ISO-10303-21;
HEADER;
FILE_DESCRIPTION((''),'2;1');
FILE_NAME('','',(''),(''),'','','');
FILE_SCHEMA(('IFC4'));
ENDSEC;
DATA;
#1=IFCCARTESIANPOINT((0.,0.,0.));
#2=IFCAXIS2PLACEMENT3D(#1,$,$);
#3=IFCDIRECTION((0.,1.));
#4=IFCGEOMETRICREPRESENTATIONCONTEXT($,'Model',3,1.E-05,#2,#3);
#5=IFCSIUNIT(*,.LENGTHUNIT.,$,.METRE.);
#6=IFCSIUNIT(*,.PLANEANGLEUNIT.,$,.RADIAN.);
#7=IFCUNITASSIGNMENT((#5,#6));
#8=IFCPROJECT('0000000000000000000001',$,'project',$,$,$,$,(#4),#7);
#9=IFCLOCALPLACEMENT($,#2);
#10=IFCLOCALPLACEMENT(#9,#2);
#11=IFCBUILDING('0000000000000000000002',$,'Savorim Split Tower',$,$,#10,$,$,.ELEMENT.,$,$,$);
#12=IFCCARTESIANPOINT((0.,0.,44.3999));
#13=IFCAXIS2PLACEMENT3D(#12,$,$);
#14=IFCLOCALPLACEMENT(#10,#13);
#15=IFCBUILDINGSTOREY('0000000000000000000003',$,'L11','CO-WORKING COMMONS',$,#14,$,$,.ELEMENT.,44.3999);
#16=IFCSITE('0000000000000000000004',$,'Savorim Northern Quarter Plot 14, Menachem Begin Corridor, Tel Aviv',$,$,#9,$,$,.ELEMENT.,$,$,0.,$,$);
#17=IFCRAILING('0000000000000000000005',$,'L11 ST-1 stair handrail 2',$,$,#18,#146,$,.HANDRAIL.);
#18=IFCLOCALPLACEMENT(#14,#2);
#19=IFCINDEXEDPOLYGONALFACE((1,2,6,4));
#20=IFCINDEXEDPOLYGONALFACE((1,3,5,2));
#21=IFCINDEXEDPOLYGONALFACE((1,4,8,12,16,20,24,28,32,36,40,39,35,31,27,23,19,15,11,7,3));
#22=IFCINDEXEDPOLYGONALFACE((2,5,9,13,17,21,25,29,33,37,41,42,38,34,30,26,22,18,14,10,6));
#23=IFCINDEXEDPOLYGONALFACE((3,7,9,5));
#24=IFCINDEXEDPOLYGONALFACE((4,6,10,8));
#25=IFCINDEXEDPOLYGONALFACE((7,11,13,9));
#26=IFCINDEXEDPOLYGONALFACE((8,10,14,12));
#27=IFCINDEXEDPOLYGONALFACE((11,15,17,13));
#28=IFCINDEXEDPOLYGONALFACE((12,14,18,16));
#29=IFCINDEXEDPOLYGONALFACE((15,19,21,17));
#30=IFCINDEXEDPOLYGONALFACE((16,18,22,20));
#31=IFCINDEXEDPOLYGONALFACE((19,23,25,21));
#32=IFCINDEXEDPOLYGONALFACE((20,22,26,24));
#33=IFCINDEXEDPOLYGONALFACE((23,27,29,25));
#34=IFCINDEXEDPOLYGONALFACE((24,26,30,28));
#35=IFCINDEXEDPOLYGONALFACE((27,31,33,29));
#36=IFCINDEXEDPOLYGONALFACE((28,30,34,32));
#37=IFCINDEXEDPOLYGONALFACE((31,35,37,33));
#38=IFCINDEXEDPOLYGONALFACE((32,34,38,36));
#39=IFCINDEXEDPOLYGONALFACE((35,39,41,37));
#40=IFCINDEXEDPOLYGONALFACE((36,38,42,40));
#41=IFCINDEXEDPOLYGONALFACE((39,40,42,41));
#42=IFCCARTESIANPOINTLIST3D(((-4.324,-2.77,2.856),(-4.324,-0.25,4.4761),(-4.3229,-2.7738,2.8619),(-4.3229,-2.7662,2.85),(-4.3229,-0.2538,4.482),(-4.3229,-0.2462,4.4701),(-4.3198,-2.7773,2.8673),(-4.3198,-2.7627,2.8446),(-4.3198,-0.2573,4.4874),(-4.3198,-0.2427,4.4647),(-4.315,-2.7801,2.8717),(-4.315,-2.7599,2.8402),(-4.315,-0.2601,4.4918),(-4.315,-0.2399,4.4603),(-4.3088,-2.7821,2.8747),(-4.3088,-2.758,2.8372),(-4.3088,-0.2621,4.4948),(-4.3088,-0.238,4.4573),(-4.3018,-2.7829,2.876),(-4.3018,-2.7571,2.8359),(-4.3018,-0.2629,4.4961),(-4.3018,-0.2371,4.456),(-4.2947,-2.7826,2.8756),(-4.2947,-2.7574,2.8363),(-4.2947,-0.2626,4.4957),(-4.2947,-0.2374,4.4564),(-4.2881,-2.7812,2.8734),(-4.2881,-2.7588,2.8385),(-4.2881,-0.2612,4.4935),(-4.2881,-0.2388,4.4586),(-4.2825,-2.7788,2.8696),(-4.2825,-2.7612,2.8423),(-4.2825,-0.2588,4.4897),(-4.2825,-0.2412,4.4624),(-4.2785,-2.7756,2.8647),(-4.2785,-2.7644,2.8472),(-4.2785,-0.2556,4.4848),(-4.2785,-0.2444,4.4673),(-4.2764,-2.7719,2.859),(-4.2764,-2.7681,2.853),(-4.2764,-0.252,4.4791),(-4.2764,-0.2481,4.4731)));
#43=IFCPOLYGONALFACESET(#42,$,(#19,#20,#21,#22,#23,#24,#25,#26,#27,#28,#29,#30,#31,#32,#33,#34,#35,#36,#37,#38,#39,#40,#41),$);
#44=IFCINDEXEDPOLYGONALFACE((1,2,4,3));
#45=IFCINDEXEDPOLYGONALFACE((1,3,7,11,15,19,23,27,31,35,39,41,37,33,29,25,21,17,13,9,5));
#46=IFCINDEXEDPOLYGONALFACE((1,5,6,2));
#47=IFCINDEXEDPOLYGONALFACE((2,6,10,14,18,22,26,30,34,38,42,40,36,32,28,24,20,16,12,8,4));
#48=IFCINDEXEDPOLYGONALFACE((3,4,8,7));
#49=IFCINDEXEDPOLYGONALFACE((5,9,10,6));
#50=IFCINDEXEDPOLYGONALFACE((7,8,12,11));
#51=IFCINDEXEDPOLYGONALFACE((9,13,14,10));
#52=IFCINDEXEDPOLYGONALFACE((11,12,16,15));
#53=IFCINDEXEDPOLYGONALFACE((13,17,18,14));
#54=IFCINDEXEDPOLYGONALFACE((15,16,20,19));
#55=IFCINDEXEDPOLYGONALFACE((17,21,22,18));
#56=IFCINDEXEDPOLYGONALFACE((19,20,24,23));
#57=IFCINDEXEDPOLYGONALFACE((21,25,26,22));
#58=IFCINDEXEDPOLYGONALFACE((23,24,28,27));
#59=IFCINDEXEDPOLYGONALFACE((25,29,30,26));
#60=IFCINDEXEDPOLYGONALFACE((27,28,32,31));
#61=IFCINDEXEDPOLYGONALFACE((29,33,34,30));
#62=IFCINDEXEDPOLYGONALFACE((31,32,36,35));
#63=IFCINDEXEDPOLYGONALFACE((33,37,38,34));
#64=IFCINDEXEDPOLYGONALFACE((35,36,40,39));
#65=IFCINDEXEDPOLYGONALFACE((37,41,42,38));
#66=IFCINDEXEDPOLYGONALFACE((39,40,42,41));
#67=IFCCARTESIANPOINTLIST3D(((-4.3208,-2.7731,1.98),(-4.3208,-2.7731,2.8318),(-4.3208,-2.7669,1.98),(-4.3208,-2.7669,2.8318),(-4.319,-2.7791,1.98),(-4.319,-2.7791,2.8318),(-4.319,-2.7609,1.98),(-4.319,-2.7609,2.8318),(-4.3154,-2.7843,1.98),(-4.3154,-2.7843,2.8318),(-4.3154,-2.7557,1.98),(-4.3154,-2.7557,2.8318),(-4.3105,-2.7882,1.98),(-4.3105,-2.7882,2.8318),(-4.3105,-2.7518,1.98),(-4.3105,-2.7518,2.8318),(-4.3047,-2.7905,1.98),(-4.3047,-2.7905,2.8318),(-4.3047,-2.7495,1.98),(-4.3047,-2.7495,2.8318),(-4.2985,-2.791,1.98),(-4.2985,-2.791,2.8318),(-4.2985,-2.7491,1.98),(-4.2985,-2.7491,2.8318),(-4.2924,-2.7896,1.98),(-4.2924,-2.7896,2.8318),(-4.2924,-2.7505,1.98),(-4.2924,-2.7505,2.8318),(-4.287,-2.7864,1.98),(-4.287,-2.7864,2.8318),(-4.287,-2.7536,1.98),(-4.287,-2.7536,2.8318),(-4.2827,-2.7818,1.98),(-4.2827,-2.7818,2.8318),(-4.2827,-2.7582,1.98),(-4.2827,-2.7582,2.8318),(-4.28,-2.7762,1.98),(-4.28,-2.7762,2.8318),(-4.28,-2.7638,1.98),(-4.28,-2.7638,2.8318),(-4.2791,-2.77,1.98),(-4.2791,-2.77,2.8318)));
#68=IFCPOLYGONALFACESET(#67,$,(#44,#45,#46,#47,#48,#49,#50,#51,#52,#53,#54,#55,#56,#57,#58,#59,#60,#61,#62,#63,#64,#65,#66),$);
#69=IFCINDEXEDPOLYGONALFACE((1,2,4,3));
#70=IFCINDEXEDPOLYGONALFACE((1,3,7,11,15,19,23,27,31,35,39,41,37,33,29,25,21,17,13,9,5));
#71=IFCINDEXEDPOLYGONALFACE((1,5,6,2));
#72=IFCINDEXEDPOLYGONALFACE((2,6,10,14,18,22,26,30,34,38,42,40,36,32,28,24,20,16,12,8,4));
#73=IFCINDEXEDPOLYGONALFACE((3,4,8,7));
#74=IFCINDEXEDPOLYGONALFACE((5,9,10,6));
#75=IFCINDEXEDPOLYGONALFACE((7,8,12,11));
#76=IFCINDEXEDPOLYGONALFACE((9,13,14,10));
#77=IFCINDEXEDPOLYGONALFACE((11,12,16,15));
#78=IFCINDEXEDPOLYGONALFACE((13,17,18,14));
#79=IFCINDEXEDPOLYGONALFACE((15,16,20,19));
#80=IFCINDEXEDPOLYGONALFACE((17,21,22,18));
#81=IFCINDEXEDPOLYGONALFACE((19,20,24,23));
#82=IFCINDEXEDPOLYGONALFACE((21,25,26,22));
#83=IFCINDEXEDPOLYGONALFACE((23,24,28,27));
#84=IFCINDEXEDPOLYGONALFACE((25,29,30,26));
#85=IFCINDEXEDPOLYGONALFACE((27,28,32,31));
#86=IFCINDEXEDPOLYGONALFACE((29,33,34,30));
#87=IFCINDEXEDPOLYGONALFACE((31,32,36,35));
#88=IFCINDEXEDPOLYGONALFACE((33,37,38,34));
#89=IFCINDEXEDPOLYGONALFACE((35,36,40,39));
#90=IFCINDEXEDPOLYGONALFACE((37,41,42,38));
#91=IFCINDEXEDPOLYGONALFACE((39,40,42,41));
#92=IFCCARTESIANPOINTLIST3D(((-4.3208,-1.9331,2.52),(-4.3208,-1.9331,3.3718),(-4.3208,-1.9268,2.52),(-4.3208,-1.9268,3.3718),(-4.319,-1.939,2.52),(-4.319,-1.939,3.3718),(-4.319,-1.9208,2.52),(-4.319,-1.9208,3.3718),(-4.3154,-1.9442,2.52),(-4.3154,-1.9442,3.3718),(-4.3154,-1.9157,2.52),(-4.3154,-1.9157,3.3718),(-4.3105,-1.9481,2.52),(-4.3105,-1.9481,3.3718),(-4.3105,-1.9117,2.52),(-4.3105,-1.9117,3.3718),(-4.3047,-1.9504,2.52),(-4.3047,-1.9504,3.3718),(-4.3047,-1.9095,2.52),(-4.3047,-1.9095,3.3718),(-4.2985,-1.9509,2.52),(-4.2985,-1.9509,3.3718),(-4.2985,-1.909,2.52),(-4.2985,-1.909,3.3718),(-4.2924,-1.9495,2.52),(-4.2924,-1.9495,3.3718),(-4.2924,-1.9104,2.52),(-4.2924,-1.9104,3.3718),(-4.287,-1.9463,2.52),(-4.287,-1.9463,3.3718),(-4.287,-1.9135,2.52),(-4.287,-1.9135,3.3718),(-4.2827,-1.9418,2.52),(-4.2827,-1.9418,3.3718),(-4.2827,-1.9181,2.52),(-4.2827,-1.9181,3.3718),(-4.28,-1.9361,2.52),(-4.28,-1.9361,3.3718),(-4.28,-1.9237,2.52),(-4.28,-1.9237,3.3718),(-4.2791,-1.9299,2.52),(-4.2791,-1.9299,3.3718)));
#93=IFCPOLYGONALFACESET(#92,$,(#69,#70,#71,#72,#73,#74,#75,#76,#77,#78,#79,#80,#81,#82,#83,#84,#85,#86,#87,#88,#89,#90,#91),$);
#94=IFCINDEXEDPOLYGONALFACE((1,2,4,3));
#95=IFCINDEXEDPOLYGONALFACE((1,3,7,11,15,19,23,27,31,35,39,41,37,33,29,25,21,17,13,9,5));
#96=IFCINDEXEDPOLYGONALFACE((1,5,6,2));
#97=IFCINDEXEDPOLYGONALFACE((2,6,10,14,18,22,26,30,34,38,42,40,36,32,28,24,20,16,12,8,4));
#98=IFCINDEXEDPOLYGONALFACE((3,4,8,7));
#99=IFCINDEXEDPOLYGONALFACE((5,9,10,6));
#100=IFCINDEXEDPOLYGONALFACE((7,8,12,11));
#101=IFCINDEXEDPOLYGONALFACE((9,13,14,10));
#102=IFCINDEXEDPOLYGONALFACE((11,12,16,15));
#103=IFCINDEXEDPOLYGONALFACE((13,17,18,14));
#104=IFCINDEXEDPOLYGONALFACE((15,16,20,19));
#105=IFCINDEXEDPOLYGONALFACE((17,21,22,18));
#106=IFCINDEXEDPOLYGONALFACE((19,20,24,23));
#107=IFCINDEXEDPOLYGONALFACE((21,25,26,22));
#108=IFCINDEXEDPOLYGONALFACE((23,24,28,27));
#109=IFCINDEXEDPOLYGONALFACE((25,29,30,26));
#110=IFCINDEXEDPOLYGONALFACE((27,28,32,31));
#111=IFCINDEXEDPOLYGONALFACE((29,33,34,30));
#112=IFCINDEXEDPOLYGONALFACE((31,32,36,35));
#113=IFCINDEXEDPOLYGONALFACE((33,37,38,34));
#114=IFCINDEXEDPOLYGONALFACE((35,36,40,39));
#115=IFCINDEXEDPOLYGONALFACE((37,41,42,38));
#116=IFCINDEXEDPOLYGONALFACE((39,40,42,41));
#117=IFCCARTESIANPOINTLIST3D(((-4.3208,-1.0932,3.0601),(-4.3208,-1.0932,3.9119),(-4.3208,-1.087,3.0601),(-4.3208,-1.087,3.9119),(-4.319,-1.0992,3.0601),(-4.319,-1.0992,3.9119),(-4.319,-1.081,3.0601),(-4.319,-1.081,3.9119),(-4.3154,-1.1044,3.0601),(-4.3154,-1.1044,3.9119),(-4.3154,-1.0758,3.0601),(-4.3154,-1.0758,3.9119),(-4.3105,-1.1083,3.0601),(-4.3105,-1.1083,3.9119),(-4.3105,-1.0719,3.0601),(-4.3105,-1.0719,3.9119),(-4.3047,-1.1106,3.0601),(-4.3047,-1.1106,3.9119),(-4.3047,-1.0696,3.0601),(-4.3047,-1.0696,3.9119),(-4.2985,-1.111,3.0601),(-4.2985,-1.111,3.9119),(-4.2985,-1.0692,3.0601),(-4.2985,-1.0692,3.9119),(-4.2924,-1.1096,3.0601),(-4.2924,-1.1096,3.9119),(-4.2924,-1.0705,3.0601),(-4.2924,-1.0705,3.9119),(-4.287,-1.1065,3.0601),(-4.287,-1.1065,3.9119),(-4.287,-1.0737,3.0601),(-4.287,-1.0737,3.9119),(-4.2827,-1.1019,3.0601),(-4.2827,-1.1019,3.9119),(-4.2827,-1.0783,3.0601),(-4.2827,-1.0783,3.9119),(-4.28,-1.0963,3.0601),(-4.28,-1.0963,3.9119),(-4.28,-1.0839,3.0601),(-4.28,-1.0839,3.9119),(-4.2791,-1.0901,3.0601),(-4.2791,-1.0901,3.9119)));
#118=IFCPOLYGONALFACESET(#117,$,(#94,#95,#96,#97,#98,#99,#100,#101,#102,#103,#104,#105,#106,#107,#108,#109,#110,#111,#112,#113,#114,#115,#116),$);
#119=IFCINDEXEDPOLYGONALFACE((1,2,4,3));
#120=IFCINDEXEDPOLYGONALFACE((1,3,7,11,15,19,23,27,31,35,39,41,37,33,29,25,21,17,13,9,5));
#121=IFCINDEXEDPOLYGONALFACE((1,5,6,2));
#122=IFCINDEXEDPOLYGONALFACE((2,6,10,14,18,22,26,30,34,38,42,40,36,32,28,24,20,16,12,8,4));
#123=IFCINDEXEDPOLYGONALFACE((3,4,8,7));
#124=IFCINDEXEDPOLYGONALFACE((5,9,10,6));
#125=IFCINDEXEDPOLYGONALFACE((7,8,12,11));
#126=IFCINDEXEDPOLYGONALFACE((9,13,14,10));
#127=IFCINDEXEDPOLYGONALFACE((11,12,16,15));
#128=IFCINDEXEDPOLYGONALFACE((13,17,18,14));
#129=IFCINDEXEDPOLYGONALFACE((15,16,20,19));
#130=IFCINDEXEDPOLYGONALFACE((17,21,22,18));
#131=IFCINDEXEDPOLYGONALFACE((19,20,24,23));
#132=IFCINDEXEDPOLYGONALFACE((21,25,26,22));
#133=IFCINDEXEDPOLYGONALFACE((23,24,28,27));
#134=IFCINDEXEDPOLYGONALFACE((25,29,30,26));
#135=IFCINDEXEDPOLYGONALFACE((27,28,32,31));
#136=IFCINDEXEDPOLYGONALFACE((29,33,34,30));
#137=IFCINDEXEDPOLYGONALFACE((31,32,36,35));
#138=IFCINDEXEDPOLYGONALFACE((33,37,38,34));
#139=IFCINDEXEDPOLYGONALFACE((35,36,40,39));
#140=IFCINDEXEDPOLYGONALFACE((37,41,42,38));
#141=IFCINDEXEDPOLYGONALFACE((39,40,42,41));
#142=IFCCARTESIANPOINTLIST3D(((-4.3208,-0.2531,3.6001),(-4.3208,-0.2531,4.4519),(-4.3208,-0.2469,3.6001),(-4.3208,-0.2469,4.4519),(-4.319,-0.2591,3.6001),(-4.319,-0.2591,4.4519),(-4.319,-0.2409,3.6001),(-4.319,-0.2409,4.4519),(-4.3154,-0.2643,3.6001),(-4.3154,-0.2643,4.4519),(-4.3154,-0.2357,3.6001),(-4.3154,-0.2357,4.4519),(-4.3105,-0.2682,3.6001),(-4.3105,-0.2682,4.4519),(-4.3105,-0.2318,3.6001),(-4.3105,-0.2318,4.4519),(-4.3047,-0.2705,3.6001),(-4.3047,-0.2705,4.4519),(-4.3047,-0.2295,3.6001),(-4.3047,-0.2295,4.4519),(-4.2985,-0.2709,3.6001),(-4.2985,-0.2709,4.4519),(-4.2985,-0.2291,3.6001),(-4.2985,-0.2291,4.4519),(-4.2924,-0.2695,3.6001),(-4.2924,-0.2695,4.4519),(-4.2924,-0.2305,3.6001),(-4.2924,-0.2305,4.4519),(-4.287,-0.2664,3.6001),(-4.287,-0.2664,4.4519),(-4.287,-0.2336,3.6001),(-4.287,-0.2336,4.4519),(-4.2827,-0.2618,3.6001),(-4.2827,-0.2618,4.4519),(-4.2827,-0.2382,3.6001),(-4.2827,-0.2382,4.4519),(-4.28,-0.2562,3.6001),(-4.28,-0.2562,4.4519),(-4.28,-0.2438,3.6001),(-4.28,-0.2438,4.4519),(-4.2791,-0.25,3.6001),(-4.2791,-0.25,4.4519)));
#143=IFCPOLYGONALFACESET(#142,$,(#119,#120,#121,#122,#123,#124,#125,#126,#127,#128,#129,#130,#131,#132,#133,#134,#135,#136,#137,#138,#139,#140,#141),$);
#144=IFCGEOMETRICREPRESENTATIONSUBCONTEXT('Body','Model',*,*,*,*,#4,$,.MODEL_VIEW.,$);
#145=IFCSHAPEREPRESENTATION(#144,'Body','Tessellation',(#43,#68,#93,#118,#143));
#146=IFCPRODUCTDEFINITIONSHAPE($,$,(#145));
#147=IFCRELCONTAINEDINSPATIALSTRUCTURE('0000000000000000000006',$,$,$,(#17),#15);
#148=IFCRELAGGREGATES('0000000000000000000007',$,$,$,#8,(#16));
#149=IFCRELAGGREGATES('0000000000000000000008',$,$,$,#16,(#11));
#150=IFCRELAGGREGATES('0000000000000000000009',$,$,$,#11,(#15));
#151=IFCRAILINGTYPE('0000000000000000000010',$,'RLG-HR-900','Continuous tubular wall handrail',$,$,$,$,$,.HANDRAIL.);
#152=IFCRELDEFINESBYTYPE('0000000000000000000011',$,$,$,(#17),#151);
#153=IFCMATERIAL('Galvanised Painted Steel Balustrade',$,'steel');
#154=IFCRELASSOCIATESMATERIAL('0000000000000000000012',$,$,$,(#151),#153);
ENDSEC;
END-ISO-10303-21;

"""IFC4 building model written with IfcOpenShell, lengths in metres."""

from ifc_helpers import new_model, si_unit, direction, frame, origin, origin_2d, place, context, subcontext, project, spatial, circle, extrude, material, type_object, element, save


model = new_model("IFC4")

# Units and contexts
model_context = context("Model", 3, precision=1e-05, world=origin(), true_north=direction((0.0, 1.0)))
body_context = subcontext(model_context, "Body", "Model", "MODEL_VIEW")
ifc_project = project(units=[si_unit("LENGTHUNIT", "METRE"), si_unit("PLANEANGLEUNIT", "RADIAN")], contexts=[model_context])

# Site, building, storey
site_placement = place(None, origin())
site = spatial("IfcSite", under=ifc_project, at=site_placement, Name="Savorim Northern Quarter Plot 14, Menachem Begin Corridor, Tel Aviv", CompositionType="ELEMENT", RefElevation=0.0)
building_placement = place(site_placement, origin())
building = spatial("IfcBuilding", under=site, at=building_placement, Name="Savorim Split Tower", CompositionType="ELEMENT")
storey_placement = place(building_placement, frame((0.0, 0.0, 44.3999)))
storey = spatial("IfcBuildingStorey", under=building, at=storey_placement, Name="L11", Description="CO-WORKING COMMONS", CompositionType="ELEMENT", Elevation=44.3999)

# Railing
ifc_material_1 = material(Name="Galvanised Painted Steel Balustrade", Category="steel")
railing_type = type_object("IfcRailingType", Name="RLG-HR-900", Description="Continuous tubular wall handrail", PredefinedType="HANDRAIL", material=ifc_material_1)
railing_placement = place(storey_placement, frame((-4.3, -2.77, 1.98)))
element("IfcRailing", 1, at=railing_placement, inside=storey, type_object=railing_type, Name="L11 ST-1 stair handrail 2", PredefinedType="HANDRAIL", context=body_context, shape_type="SweptSolid", body=[
    extrude(circle(Radius=0.0239, at=origin_2d()), frame((0.0, 0.0, 0.876), z_axis=(0.0, 0.841163, 0.540782), x_axis=(-1.0, 0.0, 0.0)), (0.0, 0.0, 1.0), 2.9958),
    extrude(circle(Radius=0.021, at=origin_2d()), origin(), (0.0, 0.0, 1.0), 0.8518),
    extrude(circle(Radius=0.021, at=origin_2d()), frame((0.0, 0.8401, 0.54)), (0.0, 0.0, 1.0), 0.8518),
    extrude(circle(Radius=0.021, at=origin_2d()), frame((0.0, 1.6799, 1.0801)), (0.0, 0.0, 1.0), 0.8518),
    extrude(circle(Radius=0.021, at=origin_2d()), frame((0.0, 2.52, 1.6201)), (0.0, 0.0, 1.0), 0.8518),
])

save(model, "model.ifc")
